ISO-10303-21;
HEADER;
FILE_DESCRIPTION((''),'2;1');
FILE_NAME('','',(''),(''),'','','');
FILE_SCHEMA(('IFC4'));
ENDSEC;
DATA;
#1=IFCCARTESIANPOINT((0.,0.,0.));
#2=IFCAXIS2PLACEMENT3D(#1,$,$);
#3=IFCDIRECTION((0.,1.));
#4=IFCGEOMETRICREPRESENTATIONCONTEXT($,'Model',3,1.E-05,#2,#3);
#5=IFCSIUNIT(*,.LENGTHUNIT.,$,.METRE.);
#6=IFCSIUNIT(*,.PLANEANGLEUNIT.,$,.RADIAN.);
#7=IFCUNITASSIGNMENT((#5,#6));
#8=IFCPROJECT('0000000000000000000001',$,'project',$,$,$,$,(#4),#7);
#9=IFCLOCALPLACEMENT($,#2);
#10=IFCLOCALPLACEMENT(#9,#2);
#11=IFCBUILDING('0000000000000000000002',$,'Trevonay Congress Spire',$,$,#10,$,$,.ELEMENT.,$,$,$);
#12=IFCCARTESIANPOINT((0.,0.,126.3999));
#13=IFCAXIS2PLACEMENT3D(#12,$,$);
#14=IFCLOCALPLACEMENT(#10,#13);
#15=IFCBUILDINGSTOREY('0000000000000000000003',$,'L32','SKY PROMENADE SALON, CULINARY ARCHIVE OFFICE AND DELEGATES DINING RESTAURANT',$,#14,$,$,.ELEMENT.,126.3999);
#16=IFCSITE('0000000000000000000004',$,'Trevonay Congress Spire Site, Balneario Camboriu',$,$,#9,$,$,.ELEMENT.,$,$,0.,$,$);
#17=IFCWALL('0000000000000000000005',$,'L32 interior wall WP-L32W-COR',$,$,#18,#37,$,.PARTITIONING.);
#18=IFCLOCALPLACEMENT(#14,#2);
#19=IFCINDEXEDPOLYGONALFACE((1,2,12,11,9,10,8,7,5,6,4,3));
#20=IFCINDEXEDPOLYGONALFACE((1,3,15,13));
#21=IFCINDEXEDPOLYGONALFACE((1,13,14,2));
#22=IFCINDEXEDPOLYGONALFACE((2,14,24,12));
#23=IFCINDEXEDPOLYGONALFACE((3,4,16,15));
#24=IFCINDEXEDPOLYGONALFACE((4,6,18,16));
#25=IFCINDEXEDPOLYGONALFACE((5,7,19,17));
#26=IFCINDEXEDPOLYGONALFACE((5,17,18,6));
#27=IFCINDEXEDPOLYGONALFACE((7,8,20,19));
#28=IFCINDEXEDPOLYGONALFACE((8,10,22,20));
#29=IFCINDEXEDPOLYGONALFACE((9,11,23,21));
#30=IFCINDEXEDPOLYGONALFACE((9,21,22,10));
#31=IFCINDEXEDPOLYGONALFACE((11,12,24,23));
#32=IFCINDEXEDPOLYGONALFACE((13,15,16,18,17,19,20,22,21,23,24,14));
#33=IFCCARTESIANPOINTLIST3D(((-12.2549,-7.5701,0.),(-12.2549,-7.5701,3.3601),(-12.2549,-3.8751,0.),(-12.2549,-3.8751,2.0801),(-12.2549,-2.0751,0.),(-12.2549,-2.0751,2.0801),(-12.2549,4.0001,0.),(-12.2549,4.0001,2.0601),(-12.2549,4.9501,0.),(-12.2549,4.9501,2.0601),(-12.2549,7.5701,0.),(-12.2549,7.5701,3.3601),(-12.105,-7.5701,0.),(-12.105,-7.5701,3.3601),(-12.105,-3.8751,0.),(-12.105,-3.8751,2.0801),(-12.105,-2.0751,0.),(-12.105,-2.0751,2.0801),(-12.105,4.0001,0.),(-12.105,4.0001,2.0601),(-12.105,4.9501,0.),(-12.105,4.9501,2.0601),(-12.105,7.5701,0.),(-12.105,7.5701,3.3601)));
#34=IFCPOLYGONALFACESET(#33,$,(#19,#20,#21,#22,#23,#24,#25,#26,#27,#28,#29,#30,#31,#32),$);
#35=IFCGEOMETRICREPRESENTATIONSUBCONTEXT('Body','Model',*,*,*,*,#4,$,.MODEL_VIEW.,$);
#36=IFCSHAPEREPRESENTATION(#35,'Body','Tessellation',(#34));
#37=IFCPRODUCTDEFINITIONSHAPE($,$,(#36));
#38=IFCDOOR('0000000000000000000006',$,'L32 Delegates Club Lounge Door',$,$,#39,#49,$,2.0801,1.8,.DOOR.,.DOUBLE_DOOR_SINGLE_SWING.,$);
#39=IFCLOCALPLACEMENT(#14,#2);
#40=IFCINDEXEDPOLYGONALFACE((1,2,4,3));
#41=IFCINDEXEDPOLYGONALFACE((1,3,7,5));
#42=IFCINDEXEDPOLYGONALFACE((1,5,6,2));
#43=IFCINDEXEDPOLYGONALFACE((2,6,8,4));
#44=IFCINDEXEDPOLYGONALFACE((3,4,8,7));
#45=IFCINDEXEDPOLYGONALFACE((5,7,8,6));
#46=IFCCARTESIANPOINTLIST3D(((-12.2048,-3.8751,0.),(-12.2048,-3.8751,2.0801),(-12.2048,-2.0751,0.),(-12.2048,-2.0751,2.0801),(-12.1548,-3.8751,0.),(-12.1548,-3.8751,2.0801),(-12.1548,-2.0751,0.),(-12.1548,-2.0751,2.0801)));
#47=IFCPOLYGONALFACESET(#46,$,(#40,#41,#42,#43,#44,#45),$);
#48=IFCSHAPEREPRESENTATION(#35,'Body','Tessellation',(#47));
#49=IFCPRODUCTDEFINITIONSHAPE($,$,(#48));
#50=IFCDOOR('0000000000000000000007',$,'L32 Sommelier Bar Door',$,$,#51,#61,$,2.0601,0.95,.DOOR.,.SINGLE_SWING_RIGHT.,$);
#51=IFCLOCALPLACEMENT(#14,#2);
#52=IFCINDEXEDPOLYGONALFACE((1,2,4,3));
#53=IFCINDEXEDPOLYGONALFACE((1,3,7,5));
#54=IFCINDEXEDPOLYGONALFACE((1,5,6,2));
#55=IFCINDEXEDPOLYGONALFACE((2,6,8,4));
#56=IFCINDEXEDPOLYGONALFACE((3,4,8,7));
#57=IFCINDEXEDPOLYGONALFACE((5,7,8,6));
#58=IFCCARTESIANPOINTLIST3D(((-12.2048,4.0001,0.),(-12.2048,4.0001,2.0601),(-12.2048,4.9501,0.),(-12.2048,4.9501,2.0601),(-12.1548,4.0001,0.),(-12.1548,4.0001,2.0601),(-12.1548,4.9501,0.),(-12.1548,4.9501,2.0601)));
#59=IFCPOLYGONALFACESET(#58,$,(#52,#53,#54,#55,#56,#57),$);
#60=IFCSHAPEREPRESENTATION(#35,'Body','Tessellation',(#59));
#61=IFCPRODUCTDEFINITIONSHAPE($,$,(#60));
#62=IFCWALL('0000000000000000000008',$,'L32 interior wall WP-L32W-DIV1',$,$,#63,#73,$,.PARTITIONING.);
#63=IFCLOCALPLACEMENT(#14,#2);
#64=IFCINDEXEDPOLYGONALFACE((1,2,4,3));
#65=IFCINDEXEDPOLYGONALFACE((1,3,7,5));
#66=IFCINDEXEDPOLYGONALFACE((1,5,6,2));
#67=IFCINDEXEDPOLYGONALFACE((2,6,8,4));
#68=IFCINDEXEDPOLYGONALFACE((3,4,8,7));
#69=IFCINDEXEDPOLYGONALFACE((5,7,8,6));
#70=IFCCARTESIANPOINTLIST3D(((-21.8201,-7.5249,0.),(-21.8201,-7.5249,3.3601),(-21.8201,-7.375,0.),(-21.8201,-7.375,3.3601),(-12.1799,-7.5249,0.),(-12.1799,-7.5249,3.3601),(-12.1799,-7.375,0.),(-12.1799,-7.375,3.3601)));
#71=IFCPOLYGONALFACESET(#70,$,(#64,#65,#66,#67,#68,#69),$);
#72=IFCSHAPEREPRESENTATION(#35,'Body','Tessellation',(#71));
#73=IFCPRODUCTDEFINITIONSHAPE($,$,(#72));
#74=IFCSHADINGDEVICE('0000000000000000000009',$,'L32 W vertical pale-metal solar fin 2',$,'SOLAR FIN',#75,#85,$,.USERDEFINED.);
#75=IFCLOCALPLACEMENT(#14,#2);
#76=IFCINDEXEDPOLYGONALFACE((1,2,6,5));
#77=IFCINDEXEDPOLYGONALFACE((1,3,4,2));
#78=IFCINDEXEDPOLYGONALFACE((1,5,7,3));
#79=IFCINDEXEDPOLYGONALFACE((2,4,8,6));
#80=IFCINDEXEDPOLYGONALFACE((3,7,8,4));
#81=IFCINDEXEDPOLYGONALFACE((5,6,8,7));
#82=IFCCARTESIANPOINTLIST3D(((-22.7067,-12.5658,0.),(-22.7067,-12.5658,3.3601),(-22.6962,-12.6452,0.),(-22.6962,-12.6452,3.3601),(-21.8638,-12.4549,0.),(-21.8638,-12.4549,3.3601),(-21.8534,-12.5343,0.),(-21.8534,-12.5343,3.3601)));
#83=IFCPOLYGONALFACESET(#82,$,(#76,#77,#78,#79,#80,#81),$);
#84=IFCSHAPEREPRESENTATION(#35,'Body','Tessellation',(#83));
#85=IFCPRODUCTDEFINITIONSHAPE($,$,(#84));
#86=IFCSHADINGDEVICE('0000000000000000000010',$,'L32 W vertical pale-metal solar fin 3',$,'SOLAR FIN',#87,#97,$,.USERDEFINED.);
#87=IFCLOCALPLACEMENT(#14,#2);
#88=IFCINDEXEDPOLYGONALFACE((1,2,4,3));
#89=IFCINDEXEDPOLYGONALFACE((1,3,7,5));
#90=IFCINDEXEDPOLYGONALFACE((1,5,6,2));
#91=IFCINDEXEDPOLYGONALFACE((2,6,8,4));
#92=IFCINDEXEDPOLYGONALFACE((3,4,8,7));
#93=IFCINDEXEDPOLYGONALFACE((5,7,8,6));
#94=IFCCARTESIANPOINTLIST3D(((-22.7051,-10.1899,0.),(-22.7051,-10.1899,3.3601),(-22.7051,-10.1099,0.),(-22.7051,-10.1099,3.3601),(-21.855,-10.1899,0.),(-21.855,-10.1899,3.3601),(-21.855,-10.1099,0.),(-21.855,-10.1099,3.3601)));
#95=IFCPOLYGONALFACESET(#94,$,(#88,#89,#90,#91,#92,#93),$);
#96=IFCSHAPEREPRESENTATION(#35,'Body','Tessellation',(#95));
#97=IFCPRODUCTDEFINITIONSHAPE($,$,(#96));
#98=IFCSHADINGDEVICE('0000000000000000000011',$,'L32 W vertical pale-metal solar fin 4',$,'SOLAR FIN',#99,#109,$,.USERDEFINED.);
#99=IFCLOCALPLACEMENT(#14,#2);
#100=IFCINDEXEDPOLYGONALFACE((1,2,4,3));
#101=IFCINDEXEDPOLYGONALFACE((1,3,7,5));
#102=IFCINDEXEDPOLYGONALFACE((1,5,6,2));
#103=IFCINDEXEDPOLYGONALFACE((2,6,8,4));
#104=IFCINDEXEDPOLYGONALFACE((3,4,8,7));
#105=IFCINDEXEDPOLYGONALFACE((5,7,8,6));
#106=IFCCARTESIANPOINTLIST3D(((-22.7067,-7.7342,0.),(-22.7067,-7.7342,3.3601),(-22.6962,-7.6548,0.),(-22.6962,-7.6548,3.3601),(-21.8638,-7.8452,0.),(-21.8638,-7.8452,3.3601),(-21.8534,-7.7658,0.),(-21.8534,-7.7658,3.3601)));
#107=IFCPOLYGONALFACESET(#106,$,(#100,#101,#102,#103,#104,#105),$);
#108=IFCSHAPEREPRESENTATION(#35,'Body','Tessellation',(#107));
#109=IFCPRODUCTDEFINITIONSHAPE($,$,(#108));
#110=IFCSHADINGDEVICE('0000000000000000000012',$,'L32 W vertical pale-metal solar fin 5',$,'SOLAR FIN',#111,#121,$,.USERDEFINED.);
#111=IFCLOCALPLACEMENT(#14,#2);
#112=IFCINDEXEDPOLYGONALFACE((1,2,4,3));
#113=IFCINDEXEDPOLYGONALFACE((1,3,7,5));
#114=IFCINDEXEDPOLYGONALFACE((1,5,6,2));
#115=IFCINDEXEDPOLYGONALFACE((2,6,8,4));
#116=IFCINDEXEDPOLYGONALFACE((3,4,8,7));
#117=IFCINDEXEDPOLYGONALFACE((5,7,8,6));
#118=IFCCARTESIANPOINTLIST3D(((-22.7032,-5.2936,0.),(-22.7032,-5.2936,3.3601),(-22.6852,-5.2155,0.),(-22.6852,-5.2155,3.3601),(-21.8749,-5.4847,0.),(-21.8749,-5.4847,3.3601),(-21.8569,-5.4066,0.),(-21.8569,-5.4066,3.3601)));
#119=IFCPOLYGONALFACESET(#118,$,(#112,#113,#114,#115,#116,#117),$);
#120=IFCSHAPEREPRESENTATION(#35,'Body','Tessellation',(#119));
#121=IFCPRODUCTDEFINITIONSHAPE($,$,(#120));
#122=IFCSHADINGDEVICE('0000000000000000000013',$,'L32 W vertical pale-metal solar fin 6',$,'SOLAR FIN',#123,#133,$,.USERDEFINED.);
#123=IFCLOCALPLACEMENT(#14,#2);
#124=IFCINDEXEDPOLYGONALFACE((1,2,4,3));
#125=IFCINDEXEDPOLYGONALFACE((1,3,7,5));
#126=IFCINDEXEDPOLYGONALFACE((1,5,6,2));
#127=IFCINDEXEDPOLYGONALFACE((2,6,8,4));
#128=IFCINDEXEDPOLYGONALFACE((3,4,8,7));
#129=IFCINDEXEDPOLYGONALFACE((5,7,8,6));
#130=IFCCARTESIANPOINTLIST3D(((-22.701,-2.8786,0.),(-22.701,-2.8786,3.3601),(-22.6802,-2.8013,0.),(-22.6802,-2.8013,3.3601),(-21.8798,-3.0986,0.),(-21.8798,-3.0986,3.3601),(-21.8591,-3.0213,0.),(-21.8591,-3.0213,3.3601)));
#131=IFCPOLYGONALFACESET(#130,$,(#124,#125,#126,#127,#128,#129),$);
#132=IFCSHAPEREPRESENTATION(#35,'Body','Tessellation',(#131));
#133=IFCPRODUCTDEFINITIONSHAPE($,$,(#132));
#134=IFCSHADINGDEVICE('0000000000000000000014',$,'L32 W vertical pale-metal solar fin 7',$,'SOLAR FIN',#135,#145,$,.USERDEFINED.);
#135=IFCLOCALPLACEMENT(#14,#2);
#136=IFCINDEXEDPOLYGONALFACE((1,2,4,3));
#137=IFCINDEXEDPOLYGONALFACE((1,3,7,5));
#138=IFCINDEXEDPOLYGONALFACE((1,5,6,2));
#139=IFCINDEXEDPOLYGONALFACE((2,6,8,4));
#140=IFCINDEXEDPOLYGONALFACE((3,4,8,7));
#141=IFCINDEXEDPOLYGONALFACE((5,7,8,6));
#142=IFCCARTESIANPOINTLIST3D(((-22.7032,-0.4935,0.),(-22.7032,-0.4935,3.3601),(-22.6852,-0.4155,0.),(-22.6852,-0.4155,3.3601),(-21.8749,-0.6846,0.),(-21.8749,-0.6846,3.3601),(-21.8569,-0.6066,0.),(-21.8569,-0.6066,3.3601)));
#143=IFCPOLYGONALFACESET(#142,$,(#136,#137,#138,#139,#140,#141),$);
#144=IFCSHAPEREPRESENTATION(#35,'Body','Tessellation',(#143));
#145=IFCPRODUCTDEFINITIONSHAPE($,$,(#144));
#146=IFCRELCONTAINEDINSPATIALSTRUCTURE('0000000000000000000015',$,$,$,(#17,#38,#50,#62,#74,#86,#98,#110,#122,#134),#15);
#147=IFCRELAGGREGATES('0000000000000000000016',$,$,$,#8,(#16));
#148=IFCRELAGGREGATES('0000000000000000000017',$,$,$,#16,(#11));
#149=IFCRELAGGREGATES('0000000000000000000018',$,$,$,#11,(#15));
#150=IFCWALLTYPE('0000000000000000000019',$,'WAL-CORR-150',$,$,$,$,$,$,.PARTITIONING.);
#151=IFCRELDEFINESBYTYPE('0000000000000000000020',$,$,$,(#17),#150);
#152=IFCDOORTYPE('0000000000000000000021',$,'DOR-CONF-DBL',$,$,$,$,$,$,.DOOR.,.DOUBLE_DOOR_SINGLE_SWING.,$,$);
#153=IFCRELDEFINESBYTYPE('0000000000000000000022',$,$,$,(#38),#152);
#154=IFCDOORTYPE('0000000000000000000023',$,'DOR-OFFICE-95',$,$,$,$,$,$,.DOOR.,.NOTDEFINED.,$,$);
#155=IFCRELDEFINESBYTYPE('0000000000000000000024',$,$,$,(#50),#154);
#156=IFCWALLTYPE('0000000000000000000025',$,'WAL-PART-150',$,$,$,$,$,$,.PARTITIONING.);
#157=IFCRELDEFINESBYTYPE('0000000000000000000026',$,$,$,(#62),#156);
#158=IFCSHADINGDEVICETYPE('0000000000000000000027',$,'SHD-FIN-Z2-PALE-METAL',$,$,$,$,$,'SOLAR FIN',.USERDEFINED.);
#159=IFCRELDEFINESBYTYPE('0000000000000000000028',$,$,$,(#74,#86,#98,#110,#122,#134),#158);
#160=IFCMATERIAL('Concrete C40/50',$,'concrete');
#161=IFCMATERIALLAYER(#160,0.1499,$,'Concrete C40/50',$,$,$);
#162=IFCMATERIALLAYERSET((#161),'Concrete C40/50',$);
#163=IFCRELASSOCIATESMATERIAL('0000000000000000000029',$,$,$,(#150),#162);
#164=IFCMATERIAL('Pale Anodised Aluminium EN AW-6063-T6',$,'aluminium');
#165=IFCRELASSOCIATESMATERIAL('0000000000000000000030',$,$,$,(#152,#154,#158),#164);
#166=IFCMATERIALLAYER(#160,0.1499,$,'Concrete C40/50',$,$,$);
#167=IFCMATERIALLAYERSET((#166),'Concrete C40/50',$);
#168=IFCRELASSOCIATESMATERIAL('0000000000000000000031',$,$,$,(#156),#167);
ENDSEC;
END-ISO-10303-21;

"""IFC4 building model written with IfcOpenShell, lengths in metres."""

from ifc_helpers import new_model, si_unit, direction, frame, frame_2d, origin, origin_2d, place, context, subcontext, project, spatial, rectangle, extrude, material, layer, layer_set, type_object, element, fill, save


model = new_model("IFC4")

# Units and contexts
model_context = context("Model", 3, precision=1e-05, world=origin(), true_north=direction((0.0, 1.0)))
body_context = subcontext(model_context, "Body", "Model", "MODEL_VIEW")
ifc_project = project(units=[si_unit("LENGTHUNIT", "METRE"), si_unit("PLANEANGLEUNIT", "RADIAN")], contexts=[model_context])

# Site, building, storey
site_placement = place(None, origin())
site = spatial("IfcSite", under=ifc_project, at=site_placement, Name="Trevonay Congress Spire Site, Balneario Camboriu", CompositionType="ELEMENT", RefElevation=0.0)
building_placement = place(site_placement, origin())
building = spatial("IfcBuilding", under=site, at=building_placement, Name="Trevonay Congress Spire", CompositionType="ELEMENT")
storey_placement = place(building_placement, frame((0.0, 0.0, 126.3999)))
storey = spatial("IfcBuildingStorey", under=building, at=storey_placement, Name="L32", Description="SKY PROMENADE SALON, CULINARY ARCHIVE OFFICE AND DELEGATES DINING RESTAURANT", CompositionType="ELEMENT", Elevation=126.3999)

# Shared definitions
ifc_material_1 = material(Name="Pale Anodised Aluminium EN AW-6063-T6", Category="aluminium")

# Wall, openings, doors
ifc_material_2 = material(Name="Concrete C40/50", Category="concrete")
ifc_layer_1 = layer(ifc_material_2, 0.1499, Name="Concrete C40/50")
ifc_layer_set_1 = layer_set([ifc_layer_1], Name="Concrete C40/50")
wall_type_1 = type_object("IfcWallType", Name="WAL-CORR-150", PredefinedType="PARTITIONING", material=ifc_layer_set_1)
door_type_1 = type_object("IfcDoorType", Name="DOR-CONF-DBL", OperationType="DOUBLE_DOOR_SINGLE_SWING", PredefinedType="DOOR", material=ifc_material_1)
door_type_2 = type_object("IfcDoorType", Name="DOR-OFFICE-95", OperationType="NOTDEFINED", PredefinedType="DOOR", material=ifc_material_1)
wall_1_placement = place(storey_placement, frame((-12.1799, -7.5701, 0.0), z_axis=(0.0, 0.0, 1.0), x_axis=(0.0, 1.0, 0.0)))
wall_1 = element("IfcWall", 1, at=wall_1_placement, inside=storey, type_object=wall_type_1, Name="L32 interior wall WP-L32W-COR", PredefinedType="PARTITIONING", context=body_context, shape_type="SweptSolid", body=[
    extrude(rectangle(XDim=15.1401, YDim=0.1499, at=frame_2d((7.5701, 0.0))), origin(), (0.0, 0.0, 1.0), 3.3601),
])
opening_1_placement = place(wall_1_placement, frame((3.6951, 0.0, 0.0)))
opening_1 = element("IfcOpeningElement", 2, at=opening_1_placement, cuts=wall_1, PredefinedType="OPENING", context=body_context, shape_type="SweptSolid", body=[
    extrude(rectangle(XDim=1.8, YDim=2.0801, at=frame_2d((0.8999, 1.04))), frame((0.0, 0.085, 0.0), z_axis=(0.0, -1.0, 0.0), x_axis=(1.0, 0.0, 0.0)), (0.0, 0.0, 1.0), 0.1699),
])
opening_2_placement = place(wall_1_placement, frame((11.5701, 0.0, 0.0)))
opening_2 = element("IfcOpeningElement", 3, at=opening_2_placement, cuts=wall_1, PredefinedType="OPENING", context=body_context, shape_type="SweptSolid", body=[
    extrude(rectangle(XDim=0.95, YDim=2.0601, at=frame_2d((0.4751, 1.03))), frame((0.0, 0.085, 0.0), z_axis=(0.0, -1.0, 0.0), x_axis=(1.0, 0.0, 0.0)), (0.0, 0.0, 1.0), 0.1699),
])
door_1_placement = place(opening_1_placement, origin())
door_1 = element("IfcDoor", 4, at=door_1_placement, inside=storey, type_object=door_type_1, Name="L32 Delegates Club Lounge Door", OperationType="DOUBLE_DOOR_SINGLE_SWING", OverallHeight=2.0801, OverallWidth=1.8, PredefinedType="DOOR", context=body_context, shape_type="SweptSolid", body=[
    extrude(rectangle(XDim=1.8, YDim=2.0801, at=frame_2d((0.8999, 1.04))), frame((0.0, 0.0249, 0.0), z_axis=(0.0, -1.0, 0.0), x_axis=(1.0, 0.0, 0.0)), (0.0, 0.0, 1.0), 0.05),
])
fill(opening_1, door_1)
door_2_placement = place(opening_2_placement, origin())
door_2 = element("IfcDoor", 5, at=door_2_placement, inside=storey, type_object=door_type_2, Name="L32 Sommelier Bar Door", OperationType="SINGLE_SWING_RIGHT", OverallHeight=2.0601, OverallWidth=0.95, PredefinedType="DOOR", context=body_context, shape_type="SweptSolid", body=[
    extrude(rectangle(XDim=0.95, YDim=2.0601, at=frame_2d((0.4751, 1.03))), frame((0.0, 0.0249, 0.0), z_axis=(0.0, -1.0, 0.0), x_axis=(1.0, 0.0, 0.0)), (0.0, 0.0, 1.0), 0.05),
])
fill(opening_2, door_2)

# Wall
ifc_layer_2 = layer(ifc_material_2, 0.1499, Name="Concrete C40/50")
ifc_layer_set_2 = layer_set([ifc_layer_2], Name="Concrete C40/50")
wall_type_2 = type_object("IfcWallType", Name="WAL-PART-150", PredefinedType="PARTITIONING", material=ifc_layer_set_2)
wall_2_placement = place(storey_placement, frame((-21.8201, -7.45, 0.0), z_axis=(0.0, 0.0, 1.0), x_axis=(1.0, 0.0, 0.0)))
element("IfcWall", 6, at=wall_2_placement, inside=storey, type_object=wall_type_2, Name="L32 interior wall WP-L32W-DIV1", PredefinedType="PARTITIONING", context=body_context, shape_type="SweptSolid", body=[
    extrude(rectangle(XDim=9.6401, YDim=0.1499, at=frame_2d((4.8201, 0.0))), origin(), (0.0, 0.0, 1.0), 3.3601),
])

# Shading devices
shading_device_type = type_object("IfcShadingDeviceType", Name="SHD-FIN-Z2-PALE-METAL", ElementType="SOLAR FIN", PredefinedType="USERDEFINED", material=ifc_material_1)
for number, where, z_axis, x_axis, name in (
    (7, (-22.28, -12.55, 0.0), (0.0, 0.0, 1.0), (-0.130526, 0.991445, 0.0), "L32 W vertical pale-metal solar fin 2"),
    (8, (-22.28, -10.1499, 0.0), (0.0, 0.0, 1.0), (0.0, 1.0, 0.0), "L32 W vertical pale-metal solar fin 3"),
    (9, (-22.28, -7.75, 0.0), (0.0, 0.0, 1.0), (0.130526, 0.991445, 0.0), "L32 W vertical pale-metal solar fin 4"),
    (10, (-22.28, -5.3501, 0.0), (0.0, 0.0, 1.0), (0.224781, 0.974409, 0.0), "L32 W vertical pale-metal solar fin 5"),
    (11, (-22.28, -2.95, 0.0), (0.0, 0.0, 1.0), (0.258819, 0.965926, 0.0), "L32 W vertical pale-metal solar fin 6"),
    (12, (-22.28, -0.55, 0.0), (0.0, 0.0, 1.0), (0.224781, 0.974409, 0.0), "L32 W vertical pale-metal solar fin 7"),
):
    element("IfcShadingDevice", number, at=place(storey_placement, frame(where, z_axis=z_axis, x_axis=x_axis)), inside=storey, type_object=shading_device_type, Name=name, ObjectType="SOLAR FIN", PredefinedType="USERDEFINED", context=body_context, shape_type="SweptSolid", body=[
        extrude(rectangle(XDim=0.0801, YDim=0.8501, at=origin_2d()), origin(), (0.0, 0.0, 1.0), 3.3601),
    ])

save(model, "model.ifc")
